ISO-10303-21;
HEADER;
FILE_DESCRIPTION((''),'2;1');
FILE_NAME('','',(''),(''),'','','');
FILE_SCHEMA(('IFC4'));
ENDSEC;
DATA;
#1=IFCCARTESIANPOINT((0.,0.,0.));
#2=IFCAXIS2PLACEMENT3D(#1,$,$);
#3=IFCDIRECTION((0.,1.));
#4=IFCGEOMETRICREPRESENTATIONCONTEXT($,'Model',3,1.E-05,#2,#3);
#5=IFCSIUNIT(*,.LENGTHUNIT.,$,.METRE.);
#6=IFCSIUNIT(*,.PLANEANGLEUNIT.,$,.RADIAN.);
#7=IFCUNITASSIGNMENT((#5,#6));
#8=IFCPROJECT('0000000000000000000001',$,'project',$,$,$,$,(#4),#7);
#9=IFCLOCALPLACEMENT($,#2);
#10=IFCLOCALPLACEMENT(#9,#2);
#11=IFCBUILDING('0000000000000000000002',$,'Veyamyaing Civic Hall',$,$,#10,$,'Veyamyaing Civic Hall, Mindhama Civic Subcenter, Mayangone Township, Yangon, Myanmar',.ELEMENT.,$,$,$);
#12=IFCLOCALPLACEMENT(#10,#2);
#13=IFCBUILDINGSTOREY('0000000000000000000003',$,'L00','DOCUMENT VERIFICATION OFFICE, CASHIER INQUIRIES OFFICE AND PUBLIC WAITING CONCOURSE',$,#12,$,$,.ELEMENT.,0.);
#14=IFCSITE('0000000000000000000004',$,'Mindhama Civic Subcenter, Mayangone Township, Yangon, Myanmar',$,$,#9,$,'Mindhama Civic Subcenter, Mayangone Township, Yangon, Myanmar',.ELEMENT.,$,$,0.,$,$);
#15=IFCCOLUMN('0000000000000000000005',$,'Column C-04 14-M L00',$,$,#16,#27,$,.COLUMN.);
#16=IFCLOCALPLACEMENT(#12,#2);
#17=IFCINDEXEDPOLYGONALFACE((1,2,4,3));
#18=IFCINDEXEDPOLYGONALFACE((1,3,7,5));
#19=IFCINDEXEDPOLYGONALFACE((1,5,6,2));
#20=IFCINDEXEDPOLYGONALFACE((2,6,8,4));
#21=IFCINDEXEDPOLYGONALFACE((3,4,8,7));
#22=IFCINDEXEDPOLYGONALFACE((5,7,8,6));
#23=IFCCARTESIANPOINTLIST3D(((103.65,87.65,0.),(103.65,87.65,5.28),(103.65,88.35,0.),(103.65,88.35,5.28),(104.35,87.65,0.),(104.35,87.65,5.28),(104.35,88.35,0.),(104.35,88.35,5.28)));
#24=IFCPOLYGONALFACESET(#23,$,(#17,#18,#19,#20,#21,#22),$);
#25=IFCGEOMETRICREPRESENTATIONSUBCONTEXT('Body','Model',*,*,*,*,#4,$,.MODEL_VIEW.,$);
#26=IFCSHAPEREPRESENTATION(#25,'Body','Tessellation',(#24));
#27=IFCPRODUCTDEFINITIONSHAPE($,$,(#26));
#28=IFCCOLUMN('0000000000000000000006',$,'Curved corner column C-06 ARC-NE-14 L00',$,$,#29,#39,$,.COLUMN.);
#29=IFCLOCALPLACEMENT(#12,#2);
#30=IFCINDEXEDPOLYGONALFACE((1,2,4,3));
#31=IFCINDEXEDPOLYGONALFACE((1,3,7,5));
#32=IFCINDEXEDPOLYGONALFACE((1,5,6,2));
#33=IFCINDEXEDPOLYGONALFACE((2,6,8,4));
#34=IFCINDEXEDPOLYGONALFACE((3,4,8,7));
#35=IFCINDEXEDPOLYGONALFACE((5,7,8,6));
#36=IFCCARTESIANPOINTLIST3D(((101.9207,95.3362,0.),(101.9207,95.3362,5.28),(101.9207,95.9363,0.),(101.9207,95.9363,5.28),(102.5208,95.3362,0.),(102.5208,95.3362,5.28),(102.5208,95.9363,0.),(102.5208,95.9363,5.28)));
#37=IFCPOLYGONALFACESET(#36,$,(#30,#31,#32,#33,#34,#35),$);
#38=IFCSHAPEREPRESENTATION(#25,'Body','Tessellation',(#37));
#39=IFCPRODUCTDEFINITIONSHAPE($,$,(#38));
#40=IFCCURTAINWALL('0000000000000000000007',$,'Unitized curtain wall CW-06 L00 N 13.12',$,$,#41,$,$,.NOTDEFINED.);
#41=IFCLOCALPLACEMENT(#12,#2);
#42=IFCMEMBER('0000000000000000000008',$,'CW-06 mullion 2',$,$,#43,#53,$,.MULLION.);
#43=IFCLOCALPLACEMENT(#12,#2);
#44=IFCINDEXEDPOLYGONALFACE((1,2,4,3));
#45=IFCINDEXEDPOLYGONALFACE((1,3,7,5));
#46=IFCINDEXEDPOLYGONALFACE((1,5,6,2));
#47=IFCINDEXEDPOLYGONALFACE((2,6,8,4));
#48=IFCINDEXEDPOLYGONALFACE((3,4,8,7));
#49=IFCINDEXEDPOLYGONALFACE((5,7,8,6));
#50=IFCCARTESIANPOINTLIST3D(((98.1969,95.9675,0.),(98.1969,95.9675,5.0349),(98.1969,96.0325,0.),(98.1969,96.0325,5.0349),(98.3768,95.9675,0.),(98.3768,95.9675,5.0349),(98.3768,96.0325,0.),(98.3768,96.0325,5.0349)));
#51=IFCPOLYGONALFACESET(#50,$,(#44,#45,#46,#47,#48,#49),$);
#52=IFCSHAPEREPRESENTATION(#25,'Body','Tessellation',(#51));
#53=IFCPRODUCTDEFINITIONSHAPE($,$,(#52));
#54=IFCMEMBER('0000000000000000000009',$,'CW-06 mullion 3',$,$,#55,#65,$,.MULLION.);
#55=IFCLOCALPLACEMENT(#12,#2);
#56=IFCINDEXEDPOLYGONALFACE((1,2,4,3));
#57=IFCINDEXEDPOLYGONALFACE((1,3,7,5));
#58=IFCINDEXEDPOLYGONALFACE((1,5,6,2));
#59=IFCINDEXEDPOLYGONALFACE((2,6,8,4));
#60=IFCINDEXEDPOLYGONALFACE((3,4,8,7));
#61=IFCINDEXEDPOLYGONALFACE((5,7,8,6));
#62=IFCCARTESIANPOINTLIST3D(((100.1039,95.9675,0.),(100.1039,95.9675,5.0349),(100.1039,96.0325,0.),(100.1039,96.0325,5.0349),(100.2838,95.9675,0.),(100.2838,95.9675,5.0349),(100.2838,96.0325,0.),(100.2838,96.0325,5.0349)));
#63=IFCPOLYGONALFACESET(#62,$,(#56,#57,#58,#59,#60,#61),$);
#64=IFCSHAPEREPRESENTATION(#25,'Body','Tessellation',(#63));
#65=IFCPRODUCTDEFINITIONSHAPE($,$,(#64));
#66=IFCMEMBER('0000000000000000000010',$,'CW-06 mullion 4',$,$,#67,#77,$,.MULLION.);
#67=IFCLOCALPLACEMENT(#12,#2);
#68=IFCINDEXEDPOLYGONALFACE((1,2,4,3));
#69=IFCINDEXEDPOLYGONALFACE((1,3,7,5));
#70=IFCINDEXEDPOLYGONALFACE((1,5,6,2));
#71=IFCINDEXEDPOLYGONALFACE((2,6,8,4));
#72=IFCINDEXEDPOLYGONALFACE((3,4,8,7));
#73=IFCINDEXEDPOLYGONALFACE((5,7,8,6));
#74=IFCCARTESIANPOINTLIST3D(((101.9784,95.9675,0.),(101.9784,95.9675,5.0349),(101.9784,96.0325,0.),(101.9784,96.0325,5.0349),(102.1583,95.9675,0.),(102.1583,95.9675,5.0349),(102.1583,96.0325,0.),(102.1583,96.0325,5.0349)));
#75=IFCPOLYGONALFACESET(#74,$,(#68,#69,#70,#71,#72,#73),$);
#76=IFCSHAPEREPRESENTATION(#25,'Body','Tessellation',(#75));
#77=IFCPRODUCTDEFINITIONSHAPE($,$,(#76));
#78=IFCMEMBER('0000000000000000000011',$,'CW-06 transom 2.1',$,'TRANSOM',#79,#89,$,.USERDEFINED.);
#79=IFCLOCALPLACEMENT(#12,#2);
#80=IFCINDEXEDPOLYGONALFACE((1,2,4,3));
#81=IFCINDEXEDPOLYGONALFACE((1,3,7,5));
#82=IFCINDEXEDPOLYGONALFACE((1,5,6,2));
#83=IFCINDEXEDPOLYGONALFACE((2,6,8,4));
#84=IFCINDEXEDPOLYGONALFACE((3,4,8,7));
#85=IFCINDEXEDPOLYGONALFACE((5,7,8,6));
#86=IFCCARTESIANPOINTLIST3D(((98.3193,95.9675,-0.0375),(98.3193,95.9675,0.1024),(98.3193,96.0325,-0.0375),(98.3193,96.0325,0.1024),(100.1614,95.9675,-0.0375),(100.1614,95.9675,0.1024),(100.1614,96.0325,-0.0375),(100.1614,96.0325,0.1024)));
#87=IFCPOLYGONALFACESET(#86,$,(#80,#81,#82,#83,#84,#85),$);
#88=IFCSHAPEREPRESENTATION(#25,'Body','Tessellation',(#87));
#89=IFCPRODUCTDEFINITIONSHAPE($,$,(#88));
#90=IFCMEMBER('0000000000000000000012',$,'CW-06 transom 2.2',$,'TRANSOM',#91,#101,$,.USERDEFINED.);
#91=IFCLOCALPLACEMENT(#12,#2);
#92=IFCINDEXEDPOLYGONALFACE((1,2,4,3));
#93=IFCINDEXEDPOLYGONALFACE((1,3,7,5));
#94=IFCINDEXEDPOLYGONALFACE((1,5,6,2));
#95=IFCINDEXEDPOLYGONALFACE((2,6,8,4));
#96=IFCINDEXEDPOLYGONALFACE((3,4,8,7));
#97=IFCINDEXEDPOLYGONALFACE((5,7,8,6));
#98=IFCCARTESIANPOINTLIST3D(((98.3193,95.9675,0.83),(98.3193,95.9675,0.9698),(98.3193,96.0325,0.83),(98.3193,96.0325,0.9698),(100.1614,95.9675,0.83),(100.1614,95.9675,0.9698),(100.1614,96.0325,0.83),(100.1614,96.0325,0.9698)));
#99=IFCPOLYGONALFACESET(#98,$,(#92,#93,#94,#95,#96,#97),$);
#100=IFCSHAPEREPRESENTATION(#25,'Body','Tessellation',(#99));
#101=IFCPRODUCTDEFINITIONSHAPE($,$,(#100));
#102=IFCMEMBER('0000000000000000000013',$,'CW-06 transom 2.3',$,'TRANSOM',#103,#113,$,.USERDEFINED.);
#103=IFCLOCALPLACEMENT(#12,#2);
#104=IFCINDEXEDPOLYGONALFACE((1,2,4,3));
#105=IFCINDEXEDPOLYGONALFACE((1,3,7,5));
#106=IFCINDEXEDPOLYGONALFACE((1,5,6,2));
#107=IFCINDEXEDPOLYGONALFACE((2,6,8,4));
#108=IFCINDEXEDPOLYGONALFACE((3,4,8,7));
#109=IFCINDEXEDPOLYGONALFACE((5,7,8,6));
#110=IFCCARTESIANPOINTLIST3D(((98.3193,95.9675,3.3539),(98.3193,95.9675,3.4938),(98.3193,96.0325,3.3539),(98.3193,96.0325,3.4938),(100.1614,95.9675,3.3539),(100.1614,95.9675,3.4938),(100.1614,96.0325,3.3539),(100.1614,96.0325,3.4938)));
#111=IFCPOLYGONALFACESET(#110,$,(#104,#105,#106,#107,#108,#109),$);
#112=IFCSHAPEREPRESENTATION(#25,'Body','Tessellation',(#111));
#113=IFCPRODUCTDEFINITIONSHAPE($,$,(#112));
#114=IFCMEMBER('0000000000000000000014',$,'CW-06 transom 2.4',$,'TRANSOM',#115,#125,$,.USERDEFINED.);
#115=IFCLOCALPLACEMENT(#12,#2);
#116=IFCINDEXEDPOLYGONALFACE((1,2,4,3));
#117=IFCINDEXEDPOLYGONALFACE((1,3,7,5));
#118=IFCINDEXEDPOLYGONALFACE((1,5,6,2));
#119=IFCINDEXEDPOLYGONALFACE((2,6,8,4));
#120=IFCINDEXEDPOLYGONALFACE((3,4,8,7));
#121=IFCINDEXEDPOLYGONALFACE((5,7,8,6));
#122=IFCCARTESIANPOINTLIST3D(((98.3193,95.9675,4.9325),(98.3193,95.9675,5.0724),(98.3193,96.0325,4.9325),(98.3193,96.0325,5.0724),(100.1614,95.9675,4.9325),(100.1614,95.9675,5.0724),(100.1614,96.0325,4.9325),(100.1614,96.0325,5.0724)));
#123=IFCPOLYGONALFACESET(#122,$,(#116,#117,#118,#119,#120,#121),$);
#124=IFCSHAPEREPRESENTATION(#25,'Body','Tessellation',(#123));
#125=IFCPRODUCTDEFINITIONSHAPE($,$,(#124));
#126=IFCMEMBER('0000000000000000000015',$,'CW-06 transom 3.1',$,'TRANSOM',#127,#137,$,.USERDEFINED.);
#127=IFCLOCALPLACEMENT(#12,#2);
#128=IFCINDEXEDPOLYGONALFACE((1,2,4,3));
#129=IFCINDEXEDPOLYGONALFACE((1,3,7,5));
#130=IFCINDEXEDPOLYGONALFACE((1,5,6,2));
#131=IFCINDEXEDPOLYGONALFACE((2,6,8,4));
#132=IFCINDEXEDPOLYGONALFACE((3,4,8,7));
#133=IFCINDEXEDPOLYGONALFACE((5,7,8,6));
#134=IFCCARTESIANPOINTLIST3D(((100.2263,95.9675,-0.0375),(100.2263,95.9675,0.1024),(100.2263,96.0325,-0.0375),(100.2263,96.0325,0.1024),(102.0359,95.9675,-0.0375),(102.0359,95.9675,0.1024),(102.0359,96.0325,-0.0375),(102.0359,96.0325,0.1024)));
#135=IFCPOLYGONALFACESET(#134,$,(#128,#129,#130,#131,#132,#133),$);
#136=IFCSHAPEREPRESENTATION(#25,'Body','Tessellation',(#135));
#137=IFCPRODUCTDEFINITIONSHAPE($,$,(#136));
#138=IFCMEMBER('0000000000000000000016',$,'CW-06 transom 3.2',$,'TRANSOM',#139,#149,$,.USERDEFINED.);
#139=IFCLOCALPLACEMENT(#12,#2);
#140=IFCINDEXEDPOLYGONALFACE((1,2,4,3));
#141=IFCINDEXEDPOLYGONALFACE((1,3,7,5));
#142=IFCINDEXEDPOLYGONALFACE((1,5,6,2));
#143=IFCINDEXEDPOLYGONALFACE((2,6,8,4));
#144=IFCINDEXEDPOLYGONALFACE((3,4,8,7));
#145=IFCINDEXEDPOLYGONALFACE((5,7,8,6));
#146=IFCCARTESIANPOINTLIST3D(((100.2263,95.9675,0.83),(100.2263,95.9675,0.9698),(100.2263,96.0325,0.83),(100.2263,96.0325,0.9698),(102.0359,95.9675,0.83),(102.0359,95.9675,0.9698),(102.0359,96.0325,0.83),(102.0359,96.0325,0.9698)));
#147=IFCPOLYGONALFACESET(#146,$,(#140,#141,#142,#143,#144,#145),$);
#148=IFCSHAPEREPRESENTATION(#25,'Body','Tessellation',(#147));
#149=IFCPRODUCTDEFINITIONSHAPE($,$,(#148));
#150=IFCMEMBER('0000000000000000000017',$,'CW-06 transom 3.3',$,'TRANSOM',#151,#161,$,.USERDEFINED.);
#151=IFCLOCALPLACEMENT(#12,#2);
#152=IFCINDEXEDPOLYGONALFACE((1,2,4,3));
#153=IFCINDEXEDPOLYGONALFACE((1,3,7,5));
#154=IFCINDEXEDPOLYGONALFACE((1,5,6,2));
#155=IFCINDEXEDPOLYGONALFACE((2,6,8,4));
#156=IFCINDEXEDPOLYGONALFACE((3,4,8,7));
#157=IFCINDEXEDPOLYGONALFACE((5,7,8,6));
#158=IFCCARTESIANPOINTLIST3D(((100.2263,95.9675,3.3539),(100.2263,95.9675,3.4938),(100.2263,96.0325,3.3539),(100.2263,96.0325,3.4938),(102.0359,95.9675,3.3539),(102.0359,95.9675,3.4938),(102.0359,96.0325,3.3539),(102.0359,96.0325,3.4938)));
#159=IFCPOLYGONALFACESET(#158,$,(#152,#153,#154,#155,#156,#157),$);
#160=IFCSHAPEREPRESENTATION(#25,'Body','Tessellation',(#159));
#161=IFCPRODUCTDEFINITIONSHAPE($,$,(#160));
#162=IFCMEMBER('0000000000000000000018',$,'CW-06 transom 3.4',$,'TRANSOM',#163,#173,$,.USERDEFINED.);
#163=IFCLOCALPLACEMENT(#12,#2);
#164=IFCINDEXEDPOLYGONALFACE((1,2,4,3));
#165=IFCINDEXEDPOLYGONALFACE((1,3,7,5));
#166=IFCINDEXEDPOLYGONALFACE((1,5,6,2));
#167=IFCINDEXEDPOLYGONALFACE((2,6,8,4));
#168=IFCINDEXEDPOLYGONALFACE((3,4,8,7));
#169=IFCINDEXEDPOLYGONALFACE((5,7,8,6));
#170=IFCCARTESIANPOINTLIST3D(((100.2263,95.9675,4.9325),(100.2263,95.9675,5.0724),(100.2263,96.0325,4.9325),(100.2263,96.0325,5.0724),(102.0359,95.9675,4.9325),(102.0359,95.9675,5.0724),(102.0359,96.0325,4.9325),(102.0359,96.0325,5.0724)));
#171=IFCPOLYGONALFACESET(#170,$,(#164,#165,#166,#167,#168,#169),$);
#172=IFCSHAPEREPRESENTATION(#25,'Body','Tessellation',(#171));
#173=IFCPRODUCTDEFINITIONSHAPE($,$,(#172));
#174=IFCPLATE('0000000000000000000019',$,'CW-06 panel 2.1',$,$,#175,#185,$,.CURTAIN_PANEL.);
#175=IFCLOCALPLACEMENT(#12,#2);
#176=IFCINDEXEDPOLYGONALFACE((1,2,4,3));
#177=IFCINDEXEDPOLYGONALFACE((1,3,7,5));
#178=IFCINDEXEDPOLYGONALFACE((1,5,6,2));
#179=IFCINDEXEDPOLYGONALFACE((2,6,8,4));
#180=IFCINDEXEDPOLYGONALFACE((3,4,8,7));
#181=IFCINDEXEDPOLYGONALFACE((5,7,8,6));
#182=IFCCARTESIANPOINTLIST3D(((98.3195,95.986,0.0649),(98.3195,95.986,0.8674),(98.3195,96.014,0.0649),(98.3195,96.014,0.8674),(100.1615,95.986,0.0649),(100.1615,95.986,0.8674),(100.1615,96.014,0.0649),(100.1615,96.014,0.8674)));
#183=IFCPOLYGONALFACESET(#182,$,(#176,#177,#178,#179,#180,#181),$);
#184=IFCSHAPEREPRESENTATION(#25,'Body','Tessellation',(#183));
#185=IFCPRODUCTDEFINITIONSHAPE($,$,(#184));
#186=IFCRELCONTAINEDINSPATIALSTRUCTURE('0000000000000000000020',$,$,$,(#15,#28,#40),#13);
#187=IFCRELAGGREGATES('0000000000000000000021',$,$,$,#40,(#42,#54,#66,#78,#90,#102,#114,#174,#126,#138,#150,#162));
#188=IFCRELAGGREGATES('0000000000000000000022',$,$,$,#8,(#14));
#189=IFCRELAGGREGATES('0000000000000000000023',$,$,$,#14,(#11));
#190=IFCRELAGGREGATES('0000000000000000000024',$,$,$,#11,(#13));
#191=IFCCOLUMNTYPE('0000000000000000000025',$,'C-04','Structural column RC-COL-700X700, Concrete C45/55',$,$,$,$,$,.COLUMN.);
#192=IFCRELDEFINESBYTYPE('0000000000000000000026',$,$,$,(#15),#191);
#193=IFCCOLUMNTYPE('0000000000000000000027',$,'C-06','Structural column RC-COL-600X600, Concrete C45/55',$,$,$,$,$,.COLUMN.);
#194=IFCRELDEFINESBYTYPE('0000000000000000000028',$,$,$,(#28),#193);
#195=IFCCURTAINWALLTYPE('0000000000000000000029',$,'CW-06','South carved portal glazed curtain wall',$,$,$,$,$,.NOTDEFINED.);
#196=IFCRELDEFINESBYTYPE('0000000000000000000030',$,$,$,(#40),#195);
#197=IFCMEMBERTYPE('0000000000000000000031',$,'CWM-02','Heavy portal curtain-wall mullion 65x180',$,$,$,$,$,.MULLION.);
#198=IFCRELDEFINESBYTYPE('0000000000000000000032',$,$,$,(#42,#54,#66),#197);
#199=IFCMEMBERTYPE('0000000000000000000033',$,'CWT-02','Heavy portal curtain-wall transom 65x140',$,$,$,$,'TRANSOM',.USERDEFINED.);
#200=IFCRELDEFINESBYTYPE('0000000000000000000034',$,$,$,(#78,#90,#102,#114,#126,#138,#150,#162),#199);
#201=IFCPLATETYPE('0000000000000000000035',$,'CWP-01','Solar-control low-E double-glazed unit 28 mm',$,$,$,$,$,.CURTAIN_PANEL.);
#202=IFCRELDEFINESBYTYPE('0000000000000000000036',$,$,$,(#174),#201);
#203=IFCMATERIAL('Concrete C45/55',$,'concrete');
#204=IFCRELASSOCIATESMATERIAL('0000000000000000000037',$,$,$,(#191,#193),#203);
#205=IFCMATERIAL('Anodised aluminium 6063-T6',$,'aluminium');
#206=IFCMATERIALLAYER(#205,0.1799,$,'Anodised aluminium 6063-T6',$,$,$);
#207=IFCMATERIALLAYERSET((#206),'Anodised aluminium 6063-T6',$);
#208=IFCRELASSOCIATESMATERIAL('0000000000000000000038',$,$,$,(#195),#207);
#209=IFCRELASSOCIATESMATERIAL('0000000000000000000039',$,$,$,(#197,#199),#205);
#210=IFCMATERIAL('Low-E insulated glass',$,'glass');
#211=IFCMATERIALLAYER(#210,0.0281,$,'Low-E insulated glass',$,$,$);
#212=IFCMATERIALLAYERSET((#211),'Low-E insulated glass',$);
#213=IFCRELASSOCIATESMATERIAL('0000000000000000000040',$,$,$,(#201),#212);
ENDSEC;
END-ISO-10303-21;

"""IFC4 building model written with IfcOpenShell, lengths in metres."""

from ifc_helpers import new_model, si_unit, direction, frame, origin, origin_2d, place, context, subcontext, project, spatial, rectangle, extrude, material, layer, layer_set, material_profile, profile_set, type_object, element, aggregate, save


model = new_model("IFC4")

# Units and contexts
model_context = context("Model", 3, precision=1e-05, world=origin(), true_north=direction((0.0, 1.0)))
body_context = subcontext(model_context, "Body", "Model", "MODEL_VIEW")
ifc_project = project(units=[si_unit("LENGTHUNIT", "METRE"), si_unit("PLANEANGLEUNIT", "RADIAN")], contexts=[model_context])

# Site, building, storey
site_placement = place(None, origin())
site = spatial("IfcSite", under=ifc_project, at=site_placement, Name="Mindhama Civic Subcenter, Mayangone Township, Yangon, Myanmar", LongName="Mindhama Civic Subcenter, Mayangone Township, Yangon, Myanmar", CompositionType="ELEMENT", RefElevation=0.0)
building_placement = place(site_placement, origin())
building = spatial("IfcBuilding", under=site, at=building_placement, Name="Veyamyaing Civic Hall", LongName="Veyamyaing Civic Hall, Mindhama Civic Subcenter, Mayangone Township, Yangon, Myanmar", CompositionType="ELEMENT")
storey_placement = place(building_placement, origin())
storey = spatial("IfcBuildingStorey", under=building, at=storey_placement, Name="L00", Description="DOCUMENT VERIFICATION OFFICE, CASHIER INQUIRIES OFFICE AND PUBLIC WAITING CONCOURSE", CompositionType="ELEMENT", Elevation=0.0)

# Columns
ifc_material_1 = material(Name="Concrete C45/55", Category="concrete")
ifc_material_profile_1 = material_profile(ifc_material_1, rectangle(XDim=0.7, YDim=0.7, at=origin_2d()), Name="RC-COL-700X700")
ifc_profile_set_1 = profile_set([ifc_material_profile_1], Name="Concrete C45/55")
column_type_1 = type_object("IfcColumnType", Name="C-04", Description="Structural column RC-COL-700X700, Concrete C45/55", PredefinedType="COLUMN", material=ifc_profile_set_1)
column_1_placement = place(storey_placement, frame((104.0, 88.0, 0.0), z_axis=(0.0, 0.0, 1.0), x_axis=(1.0, 0.0, 0.0)))
element("IfcColumn", 1, at=column_1_placement, inside=storey, type_object=column_type_1, Name="Column C-04 14-M L00", PredefinedType="COLUMN", context=body_context, shape_type="SweptSolid", body=[
    extrude(rectangle(XDim=0.7, YDim=0.7, at=origin_2d()), origin(), (0.0, 0.0, 1.0), 5.28),
])
ifc_material_profile_2 = material_profile(ifc_material_1, rectangle(XDim=0.6001, YDim=0.6001, at=origin_2d()), Name="RC-COL-600X600")
ifc_profile_set_2 = profile_set([ifc_material_profile_2], Name="Concrete C45/55")
column_type_2 = type_object("IfcColumnType", Name="C-06", Description="Structural column RC-COL-600X600, Concrete C45/55", PredefinedType="COLUMN", material=ifc_profile_set_2)
column_2_placement = place(storey_placement, frame((102.2207, 95.6362, 0.0), z_axis=(0.0, 0.0, 1.0), x_axis=(1.0, 0.0, 0.0)))
element("IfcColumn", 2, at=column_2_placement, inside=storey, type_object=column_type_2, Name="Curved corner column C-06 ARC-NE-14 L00", PredefinedType="COLUMN", context=body_context, shape_type="SweptSolid", body=[
    extrude(rectangle(XDim=0.6001, YDim=0.6001, at=origin_2d()), origin(), (0.0, 0.0, 1.0), 5.28),
])

# Curtain wall, members, plate
ifc_material_2 = material(Name="Anodised aluminium 6063-T6", Category="aluminium")
ifc_layer_1 = layer(ifc_material_2, 0.1799, Name="Anodised aluminium 6063-T6")
ifc_layer_set_1 = layer_set([ifc_layer_1], Name="Anodised aluminium 6063-T6")
curtain_wall_type = type_object("IfcCurtainWallType", Name="CW-06", Description="South carved portal glazed curtain wall", PredefinedType="NOTDEFINED", material=ifc_layer_set_1)
curtain_wall_placement = place(storey_placement, origin())
curtain_wall = element("IfcCurtainWall", 3, at=curtain_wall_placement, inside=storey, type_object=curtain_wall_type, Name="Unitized curtain wall CW-06 L00 N 13.12", PredefinedType="NOTDEFINED")
ifc_material_profile_3 = material_profile(ifc_material_2, rectangle(XDim=0.0649, YDim=0.1799, at=origin_2d()), Name="ALU-MUL-65X180")
ifc_profile_set_3 = profile_set([ifc_material_profile_3], Name="Anodised aluminium 6063-T6")
member_type_1 = type_object("IfcMemberType", Name="CWM-02", Description="Heavy portal curtain-wall mullion 65x180", PredefinedType="MULLION", material=ifc_profile_set_3)
member_1_placement = place(storey_placement, frame((98.2869, 96.0, 0.0), z_axis=(0.0, 0.0, 1.0), x_axis=(0.0, 1.0, 0.0)))
member_1 = element("IfcMember", 4, at=member_1_placement, type_object=member_type_1, Name="CW-06 mullion 2", PredefinedType="MULLION", context=body_context, shape_type="SweptSolid", body=[
    extrude(rectangle(XDim=0.0649, YDim=0.1799, at=origin_2d()), origin(), (0.0, 0.0, 1.0), 5.0349),
])
member_2_placement = place(storey_placement, frame((100.1938, 96.0, 0.0), z_axis=(0.0, 0.0, 1.0), x_axis=(0.0, 1.0, 0.0)))
member_2 = element("IfcMember", 5, at=member_2_placement, type_object=member_type_1, Name="CW-06 mullion 3", PredefinedType="MULLION", context=body_context, shape_type="SweptSolid", body=[
    extrude(rectangle(XDim=0.0649, YDim=0.1799, at=origin_2d()), origin(), (0.0, 0.0, 1.0), 5.0349),
])
member_3_placement = place(storey_placement, frame((102.0684, 96.0, 0.0), z_axis=(0.0, 0.0, 1.0), x_axis=(0.0, 1.0, 0.0)))
member_3 = element("IfcMember", 6, at=member_3_placement, type_object=member_type_1, Name="CW-06 mullion 4", PredefinedType="MULLION", context=body_context, shape_type="SweptSolid", body=[
    extrude(rectangle(XDim=0.0649, YDim=0.1799, at=origin_2d()), origin(), (0.0, 0.0, 1.0), 5.0349),
])
ifc_material_profile_4 = material_profile(ifc_material_2, rectangle(XDim=0.0649, YDim=0.1399, at=origin_2d()), Name="ALU-TRN-65X140")
ifc_profile_set_4 = profile_set([ifc_material_profile_4], Name="Anodised aluminium 6063-T6")
member_type_2 = type_object("IfcMemberType", Name="CWT-02", Description="Heavy portal curtain-wall transom 65x140", ElementType="TRANSOM", PredefinedType="USERDEFINED", material=ifc_profile_set_4)
member_4_placement = place(storey_placement, frame((98.3193, 96.0, 0.0325), z_axis=(1.0, 0.0, 0.0), x_axis=(0.0, 1.0, 0.0)))
member_4 = element("IfcMember", 7, at=member_4_placement, type_object=member_type_2, Name="CW-06 transom 2.1", ObjectType="TRANSOM", PredefinedType="USERDEFINED", context=body_context, shape_type="SweptSolid", body=[
    extrude(rectangle(XDim=0.0649, YDim=0.1399, at=origin_2d()), origin(), (0.0, 0.0, 1.0), 1.842),
])
member_5_placement = place(storey_placement, frame((98.3193, 96.0, 0.8999), z_axis=(1.0, 0.0, 0.0), x_axis=(0.0, 1.0, 0.0)))
member_5 = element("IfcMember", 8, at=member_5_placement, type_object=member_type_2, Name="CW-06 transom 2.2", ObjectType="TRANSOM", PredefinedType="USERDEFINED", context=body_context, shape_type="SweptSolid", body=[
    extrude(rectangle(XDim=0.0649, YDim=0.1399, at=origin_2d()), origin(), (0.0, 0.0, 1.0), 1.842),
])
member_6_placement = place(storey_placement, frame((98.3193, 96.0, 3.4238), z_axis=(1.0, 0.0, 0.0), x_axis=(0.0, 1.0, 0.0)))
member_6 = element("IfcMember", 9, at=member_6_placement, type_object=member_type_2, Name="CW-06 transom 2.3", ObjectType="TRANSOM", PredefinedType="USERDEFINED", context=body_context, shape_type="SweptSolid", body=[
    extrude(rectangle(XDim=0.0649, YDim=0.1399, at=origin_2d()), origin(), (0.0, 0.0, 1.0), 1.842),
])
member_7_placement = place(storey_placement, frame((98.3193, 96.0, 5.0024), z_axis=(1.0, 0.0, 0.0), x_axis=(0.0, 1.0, 0.0)))
member_7 = element("IfcMember", 10, at=member_7_placement, type_object=member_type_2, Name="CW-06 transom 2.4", ObjectType="TRANSOM", PredefinedType="USERDEFINED", context=body_context, shape_type="SweptSolid", body=[
    extrude(rectangle(XDim=0.0649, YDim=0.1399, at=origin_2d()), origin(), (0.0, 0.0, 1.0), 1.842),
])
member_8_placement = place(storey_placement, frame((100.2263, 96.0, 0.0325), z_axis=(1.0, 0.0, 0.0), x_axis=(0.0, 1.0, 0.0)))
member_8 = element("IfcMember", 11, at=member_8_placement, type_object=member_type_2, Name="CW-06 transom 3.1", ObjectType="TRANSOM", PredefinedType="USERDEFINED", context=body_context, shape_type="SweptSolid", body=[
    extrude(rectangle(XDim=0.0649, YDim=0.1399, at=origin_2d()), origin(), (0.0, 0.0, 1.0), 1.8096),
])
member_9_placement = place(storey_placement, frame((100.2263, 96.0, 0.8999), z_axis=(1.0, 0.0, 0.0), x_axis=(0.0, 1.0, 0.0)))
member_9 = element("IfcMember", 12, at=member_9_placement, type_object=member_type_2, Name="CW-06 transom 3.2", ObjectType="TRANSOM", PredefinedType="USERDEFINED", context=body_context, shape_type="SweptSolid", body=[
    extrude(rectangle(XDim=0.0649, YDim=0.1399, at=origin_2d()), origin(), (0.0, 0.0, 1.0), 1.8096),
])
member_10_placement = place(storey_placement, frame((100.2263, 96.0, 3.4238), z_axis=(1.0, 0.0, 0.0), x_axis=(0.0, 1.0, 0.0)))
member_10 = element("IfcMember", 13, at=member_10_placement, type_object=member_type_2, Name="CW-06 transom 3.3", ObjectType="TRANSOM", PredefinedType="USERDEFINED", context=body_context, shape_type="SweptSolid", body=[
    extrude(rectangle(XDim=0.0649, YDim=0.1399, at=origin_2d()), origin(), (0.0, 0.0, 1.0), 1.8096),
])
member_11_placement = place(storey_placement, frame((100.2263, 96.0, 5.0024), z_axis=(1.0, 0.0, 0.0), x_axis=(0.0, 1.0, 0.0)))
member_11 = element("IfcMember", 14, at=member_11_placement, type_object=member_type_2, Name="CW-06 transom 3.4", ObjectType="TRANSOM", PredefinedType="USERDEFINED", context=body_context, shape_type="SweptSolid", body=[
    extrude(rectangle(XDim=0.0649, YDim=0.1399, at=origin_2d()), origin(), (0.0, 0.0, 1.0), 1.8096),
])
ifc_material_3 = material(Name="Low-E insulated glass", Category="glass")
ifc_layer_2 = layer(ifc_material_3, 0.0281, Name="Low-E insulated glass")
ifc_layer_set_2 = layer_set([ifc_layer_2], Name="Low-E insulated glass")
plate_type = type_object("IfcPlateType", Name="CWP-01", Description="Solar-control low-E double-glazed unit 28 mm", PredefinedType="CURTAIN_PANEL", material=ifc_layer_set_2)
plate_1_placement = place(storey_placement, frame((99.2405, 96.0, 0.0649), z_axis=(0.0, 0.0, 1.0), x_axis=(1.0, 0.0, 0.0)))
plate_1 = element("IfcPlate", 15, at=plate_1_placement, type_object=plate_type, Name="CW-06 panel 2.1", PredefinedType="CURTAIN_PANEL", context=body_context, shape_type="SweptSolid", body=[
    extrude(rectangle(XDim=1.842, YDim=0.0281, at=origin_2d()), origin(), (0.0, 0.0, 1.0), 0.8025),
])
aggregate(curtain_wall, [member_1, member_2, member_3, member_4, member_5, member_6, member_7, plate_1, member_8, member_9, member_10, member_11])

save(model, "model.ifc")
